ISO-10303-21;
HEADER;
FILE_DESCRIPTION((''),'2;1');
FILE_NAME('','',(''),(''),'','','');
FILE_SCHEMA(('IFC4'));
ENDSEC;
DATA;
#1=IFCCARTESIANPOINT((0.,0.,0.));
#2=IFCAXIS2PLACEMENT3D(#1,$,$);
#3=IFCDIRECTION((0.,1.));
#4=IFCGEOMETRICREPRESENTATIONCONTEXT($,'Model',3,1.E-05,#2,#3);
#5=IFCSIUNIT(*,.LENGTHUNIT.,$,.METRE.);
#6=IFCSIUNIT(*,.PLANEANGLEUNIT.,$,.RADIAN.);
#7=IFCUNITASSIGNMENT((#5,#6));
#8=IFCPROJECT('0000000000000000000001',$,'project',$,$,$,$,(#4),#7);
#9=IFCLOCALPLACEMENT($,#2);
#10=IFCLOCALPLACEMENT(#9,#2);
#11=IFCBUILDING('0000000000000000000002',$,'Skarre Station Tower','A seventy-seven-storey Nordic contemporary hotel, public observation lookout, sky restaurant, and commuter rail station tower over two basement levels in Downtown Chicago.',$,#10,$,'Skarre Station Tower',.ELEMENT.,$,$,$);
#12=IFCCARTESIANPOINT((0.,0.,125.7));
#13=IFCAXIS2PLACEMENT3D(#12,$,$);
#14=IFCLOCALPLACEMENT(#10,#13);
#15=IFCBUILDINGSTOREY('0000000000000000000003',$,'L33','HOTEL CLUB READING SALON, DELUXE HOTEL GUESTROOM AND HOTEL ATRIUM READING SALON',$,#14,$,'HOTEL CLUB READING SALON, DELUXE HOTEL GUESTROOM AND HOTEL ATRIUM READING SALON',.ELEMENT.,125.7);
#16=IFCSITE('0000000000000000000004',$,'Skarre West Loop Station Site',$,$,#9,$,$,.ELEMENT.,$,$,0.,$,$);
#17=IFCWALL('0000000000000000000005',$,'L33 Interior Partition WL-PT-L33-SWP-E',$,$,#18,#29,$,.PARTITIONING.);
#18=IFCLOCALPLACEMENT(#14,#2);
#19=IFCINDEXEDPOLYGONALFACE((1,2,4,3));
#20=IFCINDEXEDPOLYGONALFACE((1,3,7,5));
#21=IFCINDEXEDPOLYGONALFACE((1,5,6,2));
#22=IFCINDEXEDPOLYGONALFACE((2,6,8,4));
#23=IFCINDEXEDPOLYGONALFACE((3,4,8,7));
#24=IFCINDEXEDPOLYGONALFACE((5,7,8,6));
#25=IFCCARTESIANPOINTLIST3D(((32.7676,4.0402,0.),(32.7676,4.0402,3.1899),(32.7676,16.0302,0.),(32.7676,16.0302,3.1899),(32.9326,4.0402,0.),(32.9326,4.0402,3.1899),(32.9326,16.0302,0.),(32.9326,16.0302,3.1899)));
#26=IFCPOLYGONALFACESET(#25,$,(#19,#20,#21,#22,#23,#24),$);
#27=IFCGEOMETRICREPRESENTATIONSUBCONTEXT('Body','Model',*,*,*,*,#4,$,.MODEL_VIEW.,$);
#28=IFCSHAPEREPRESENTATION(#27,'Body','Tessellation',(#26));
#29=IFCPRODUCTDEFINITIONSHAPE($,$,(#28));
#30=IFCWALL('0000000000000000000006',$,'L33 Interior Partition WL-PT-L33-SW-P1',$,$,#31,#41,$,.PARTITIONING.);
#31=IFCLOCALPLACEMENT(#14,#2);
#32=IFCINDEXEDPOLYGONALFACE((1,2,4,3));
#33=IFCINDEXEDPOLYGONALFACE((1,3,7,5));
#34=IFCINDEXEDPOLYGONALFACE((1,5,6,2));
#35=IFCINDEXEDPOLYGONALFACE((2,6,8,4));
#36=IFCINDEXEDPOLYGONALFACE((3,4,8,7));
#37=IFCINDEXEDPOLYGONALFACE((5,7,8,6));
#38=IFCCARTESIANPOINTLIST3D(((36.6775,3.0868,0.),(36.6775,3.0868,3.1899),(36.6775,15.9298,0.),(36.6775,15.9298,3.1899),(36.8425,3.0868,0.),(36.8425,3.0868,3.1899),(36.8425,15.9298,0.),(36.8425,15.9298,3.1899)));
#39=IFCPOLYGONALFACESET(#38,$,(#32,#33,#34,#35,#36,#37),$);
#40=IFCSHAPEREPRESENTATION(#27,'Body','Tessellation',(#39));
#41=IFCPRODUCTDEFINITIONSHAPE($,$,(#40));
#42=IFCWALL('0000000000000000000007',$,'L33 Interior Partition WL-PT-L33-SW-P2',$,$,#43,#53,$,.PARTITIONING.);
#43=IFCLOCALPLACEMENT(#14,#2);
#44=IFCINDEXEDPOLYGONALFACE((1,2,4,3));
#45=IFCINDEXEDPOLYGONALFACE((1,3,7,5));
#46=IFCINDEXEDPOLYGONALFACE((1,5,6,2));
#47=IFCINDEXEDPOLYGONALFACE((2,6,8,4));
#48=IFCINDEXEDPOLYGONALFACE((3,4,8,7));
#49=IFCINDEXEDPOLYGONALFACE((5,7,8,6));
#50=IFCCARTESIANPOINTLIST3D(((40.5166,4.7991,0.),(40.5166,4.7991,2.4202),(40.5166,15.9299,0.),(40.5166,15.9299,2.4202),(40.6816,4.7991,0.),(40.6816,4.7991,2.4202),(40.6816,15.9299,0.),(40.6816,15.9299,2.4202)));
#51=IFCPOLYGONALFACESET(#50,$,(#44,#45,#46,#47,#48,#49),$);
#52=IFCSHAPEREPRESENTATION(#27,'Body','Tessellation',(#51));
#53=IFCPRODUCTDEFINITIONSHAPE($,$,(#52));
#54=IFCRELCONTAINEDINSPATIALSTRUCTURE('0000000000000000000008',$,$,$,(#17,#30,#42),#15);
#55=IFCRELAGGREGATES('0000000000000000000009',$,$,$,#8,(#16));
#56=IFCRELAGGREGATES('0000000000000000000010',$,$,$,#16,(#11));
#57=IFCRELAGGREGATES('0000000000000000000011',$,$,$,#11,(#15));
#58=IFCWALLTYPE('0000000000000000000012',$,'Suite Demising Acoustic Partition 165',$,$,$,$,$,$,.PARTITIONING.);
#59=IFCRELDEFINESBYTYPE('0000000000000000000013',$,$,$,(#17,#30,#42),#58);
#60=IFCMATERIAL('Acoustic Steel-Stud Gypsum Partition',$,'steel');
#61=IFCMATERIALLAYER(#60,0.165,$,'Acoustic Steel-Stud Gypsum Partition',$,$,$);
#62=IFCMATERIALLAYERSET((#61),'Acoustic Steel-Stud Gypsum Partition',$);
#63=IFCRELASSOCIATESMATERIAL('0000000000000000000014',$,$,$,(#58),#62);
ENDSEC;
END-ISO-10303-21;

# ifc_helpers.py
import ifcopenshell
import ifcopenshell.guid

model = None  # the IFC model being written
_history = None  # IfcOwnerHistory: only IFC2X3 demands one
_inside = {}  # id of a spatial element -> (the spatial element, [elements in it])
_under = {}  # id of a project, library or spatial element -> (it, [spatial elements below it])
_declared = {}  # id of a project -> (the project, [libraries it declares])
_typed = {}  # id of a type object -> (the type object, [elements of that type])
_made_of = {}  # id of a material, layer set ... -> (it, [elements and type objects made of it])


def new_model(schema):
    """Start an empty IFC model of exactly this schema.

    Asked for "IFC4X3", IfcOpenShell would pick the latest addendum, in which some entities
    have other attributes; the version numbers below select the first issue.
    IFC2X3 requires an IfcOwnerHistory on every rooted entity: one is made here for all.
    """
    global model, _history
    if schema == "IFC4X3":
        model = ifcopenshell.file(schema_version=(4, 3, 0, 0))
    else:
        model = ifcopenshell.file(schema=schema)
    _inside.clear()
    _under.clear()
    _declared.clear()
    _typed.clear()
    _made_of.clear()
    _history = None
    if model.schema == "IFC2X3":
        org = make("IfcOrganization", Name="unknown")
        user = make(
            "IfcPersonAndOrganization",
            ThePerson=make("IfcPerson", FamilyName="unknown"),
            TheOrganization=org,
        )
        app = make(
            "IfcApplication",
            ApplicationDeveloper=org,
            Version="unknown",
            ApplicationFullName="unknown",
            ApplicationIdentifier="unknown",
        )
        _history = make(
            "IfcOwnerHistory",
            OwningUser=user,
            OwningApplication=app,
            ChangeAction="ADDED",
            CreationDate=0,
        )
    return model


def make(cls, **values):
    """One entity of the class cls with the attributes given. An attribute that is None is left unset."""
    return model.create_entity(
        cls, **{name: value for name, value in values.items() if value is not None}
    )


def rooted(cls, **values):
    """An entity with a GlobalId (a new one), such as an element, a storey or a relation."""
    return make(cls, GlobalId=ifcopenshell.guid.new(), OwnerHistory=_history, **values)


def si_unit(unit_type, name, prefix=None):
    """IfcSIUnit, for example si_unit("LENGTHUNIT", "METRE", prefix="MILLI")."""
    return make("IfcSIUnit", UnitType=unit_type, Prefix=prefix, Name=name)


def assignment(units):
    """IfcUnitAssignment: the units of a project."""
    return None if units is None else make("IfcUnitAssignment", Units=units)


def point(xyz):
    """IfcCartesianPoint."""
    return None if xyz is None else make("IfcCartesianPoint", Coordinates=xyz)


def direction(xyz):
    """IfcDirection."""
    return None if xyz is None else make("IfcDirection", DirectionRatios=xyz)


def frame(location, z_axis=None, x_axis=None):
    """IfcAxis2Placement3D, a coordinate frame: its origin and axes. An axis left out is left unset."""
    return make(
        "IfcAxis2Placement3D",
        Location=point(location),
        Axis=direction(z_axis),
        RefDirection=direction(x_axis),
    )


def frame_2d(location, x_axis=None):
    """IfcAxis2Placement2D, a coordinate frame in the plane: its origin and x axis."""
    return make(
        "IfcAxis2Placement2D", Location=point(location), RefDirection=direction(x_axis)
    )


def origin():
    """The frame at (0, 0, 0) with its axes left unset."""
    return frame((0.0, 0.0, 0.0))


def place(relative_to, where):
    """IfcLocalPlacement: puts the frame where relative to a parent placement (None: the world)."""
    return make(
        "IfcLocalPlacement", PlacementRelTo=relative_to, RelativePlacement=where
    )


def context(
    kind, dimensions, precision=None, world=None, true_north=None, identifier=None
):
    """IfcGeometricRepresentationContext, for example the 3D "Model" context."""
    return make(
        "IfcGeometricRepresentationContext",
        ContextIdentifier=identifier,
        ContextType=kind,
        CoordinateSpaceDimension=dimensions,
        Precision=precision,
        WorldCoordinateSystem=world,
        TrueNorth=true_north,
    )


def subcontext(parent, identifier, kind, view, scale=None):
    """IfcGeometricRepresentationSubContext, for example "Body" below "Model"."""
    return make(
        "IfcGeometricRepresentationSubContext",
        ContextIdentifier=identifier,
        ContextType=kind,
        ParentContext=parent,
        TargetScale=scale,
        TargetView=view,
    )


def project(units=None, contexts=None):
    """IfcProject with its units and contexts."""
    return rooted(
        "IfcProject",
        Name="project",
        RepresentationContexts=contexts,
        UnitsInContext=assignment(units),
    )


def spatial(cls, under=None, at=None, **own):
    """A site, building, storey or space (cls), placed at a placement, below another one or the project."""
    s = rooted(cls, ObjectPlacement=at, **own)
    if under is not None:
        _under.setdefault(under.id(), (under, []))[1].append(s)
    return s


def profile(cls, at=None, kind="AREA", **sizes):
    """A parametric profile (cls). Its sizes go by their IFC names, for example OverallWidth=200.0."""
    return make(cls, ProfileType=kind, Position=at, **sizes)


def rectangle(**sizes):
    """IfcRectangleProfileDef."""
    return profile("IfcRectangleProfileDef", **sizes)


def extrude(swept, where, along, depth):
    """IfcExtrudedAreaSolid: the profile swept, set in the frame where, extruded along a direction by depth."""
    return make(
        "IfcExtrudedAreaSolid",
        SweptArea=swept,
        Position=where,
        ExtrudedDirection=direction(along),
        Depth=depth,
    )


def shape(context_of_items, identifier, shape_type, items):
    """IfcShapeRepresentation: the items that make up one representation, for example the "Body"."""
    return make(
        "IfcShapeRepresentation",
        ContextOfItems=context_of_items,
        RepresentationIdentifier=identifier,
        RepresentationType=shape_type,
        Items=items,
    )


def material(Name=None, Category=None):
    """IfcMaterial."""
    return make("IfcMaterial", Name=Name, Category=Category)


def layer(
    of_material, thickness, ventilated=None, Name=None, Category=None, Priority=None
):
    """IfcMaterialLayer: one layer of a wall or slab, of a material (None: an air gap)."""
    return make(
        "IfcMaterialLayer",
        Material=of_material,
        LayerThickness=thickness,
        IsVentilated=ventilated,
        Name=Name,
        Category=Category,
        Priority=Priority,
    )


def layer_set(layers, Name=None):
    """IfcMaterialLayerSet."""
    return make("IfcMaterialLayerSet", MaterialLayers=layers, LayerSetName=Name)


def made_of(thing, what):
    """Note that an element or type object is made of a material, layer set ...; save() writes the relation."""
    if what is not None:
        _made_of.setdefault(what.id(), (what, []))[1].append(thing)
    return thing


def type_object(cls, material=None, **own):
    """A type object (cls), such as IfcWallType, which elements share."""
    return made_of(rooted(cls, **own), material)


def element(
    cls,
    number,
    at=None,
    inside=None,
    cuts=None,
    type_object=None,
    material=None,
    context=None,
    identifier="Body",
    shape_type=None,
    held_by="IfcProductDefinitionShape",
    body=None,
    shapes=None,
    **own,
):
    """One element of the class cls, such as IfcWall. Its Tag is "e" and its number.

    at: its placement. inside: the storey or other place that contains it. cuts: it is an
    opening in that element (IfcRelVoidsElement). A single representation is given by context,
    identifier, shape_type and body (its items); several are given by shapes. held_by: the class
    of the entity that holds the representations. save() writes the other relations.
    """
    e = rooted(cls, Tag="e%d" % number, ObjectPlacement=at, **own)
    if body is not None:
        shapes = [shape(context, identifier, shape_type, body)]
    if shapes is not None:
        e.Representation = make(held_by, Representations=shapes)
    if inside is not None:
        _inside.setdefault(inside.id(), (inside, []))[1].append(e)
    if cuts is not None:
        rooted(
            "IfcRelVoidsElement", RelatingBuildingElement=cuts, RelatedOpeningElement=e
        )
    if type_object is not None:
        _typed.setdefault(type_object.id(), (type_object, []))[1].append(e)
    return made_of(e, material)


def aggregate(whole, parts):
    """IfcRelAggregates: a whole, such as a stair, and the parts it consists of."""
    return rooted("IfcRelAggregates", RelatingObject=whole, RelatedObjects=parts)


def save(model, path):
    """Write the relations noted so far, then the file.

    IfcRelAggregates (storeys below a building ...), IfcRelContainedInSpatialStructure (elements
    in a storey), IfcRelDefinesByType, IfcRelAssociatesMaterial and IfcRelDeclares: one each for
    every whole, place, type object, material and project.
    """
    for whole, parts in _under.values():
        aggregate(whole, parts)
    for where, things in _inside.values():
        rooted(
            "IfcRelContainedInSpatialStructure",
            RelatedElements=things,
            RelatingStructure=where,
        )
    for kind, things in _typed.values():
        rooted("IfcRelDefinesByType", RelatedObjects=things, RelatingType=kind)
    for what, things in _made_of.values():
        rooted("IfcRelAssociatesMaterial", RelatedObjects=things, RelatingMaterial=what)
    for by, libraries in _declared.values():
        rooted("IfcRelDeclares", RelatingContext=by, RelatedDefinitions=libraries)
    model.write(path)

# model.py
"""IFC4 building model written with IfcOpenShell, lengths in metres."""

from ifc_helpers import new_model, si_unit, direction, frame, frame_2d, origin, place, context, subcontext, project, spatial, rectangle, extrude, material, layer, layer_set, type_object, element, save


model = new_model("IFC4")

# Units and contexts
model_context = context("Model", 3, precision=1e-05, world=origin(), true_north=direction((0.0, 1.0)))
body_context = subcontext(model_context, "Body", "Model", "MODEL_VIEW")
ifc_project = project(units=[si_unit("LENGTHUNIT", "METRE"), si_unit("PLANEANGLEUNIT", "RADIAN")], contexts=[model_context])

# Site, building, storey
site_placement = place(None, origin())
site = spatial("IfcSite", under=ifc_project, at=site_placement, Name="Skarre West Loop Station Site", CompositionType="ELEMENT", RefElevation=0.0)
building_placement = place(site_placement, origin())
building = spatial("IfcBuilding", under=site, at=building_placement, Name="Skarre Station Tower", Description="A seventy-seven-storey Nordic contemporary hotel, public observation lookout, sky restaurant, and commuter rail station tower over two basement levels in Downtown Chicago.", LongName="Skarre Station Tower", CompositionType="ELEMENT")
storey_placement = place(building_placement, frame((0.0, 0.0, 125.7)))
storey = spatial("IfcBuildingStorey", under=building, at=storey_placement, Name="L33", Description="HOTEL CLUB READING SALON, DELUXE HOTEL GUESTROOM AND HOTEL ATRIUM READING SALON", LongName="HOTEL CLUB READING SALON, DELUXE HOTEL GUESTROOM AND HOTEL ATRIUM READING SALON", CompositionType="ELEMENT", Elevation=125.7)

# Walls
ifc_material_1 = material(Name="Acoustic Steel-Stud Gypsum Partition", Category="steel")
ifc_layer_1 = layer(ifc_material_1, 0.165, Name="Acoustic Steel-Stud Gypsum Partition")
ifc_layer_set_1 = layer_set([ifc_layer_1], Name="Acoustic Steel-Stud Gypsum Partition")
wall_type_1 = type_object("IfcWallType", Name="Suite Demising Acoustic Partition 165", PredefinedType="PARTITIONING", material=ifc_layer_set_1)
wall_1_placement = place(storey_placement, frame((32.8501, 4.04, 0.0), z_axis=(0.0, 0.0, 1.0), x_axis=(0.0, 1.0, 0.0)))
element("IfcWall", 1, at=wall_1_placement, inside=storey, type_object=wall_type_1, Name="L33 Interior Partition WL-PT-L33-SWP-E", PredefinedType="PARTITIONING", context=body_context, shape_type="SweptSolid", body=[
    extrude(rectangle(XDim=11.99, YDim=0.165, at=frame_2d((5.9951, 0.0))), origin(), (0.0, 0.0, 1.0), 3.1899),
])
wall_2_placement = place(storey_placement, frame((36.76, 3.0869, 0.0), z_axis=(0.0, 0.0, 1.0), x_axis=(0.0, 1.0, 0.0)))
element("IfcWall", 2, at=wall_2_placement, inside=storey, type_object=wall_type_1, Name="L33 Interior Partition WL-PT-L33-SW-P1", PredefinedType="PARTITIONING", context=body_context, shape_type="SweptSolid", body=[
    extrude(rectangle(XDim=12.843, YDim=0.165, at=frame_2d((6.4214, 0.0))), origin(), (0.0, 0.0, 1.0), 3.1899),
])
wall_3_placement = place(storey_placement, frame((40.5991, 4.7991, 0.0), z_axis=(0.0, 0.0, 1.0), x_axis=(0.0, 1.0, 0.0)))
element("IfcWall", 3, at=wall_3_placement, inside=storey, type_object=wall_type_1, Name="L33 Interior Partition WL-PT-L33-SW-P2", PredefinedType="PARTITIONING", context=body_context, shape_type="SweptSolid", body=[
    extrude(rectangle(XDim=11.1309, YDim=0.165, at=frame_2d((5.5654, 0.0))), origin(), (0.0, 0.0, 1.0), 2.4202),
])

save(model, "model.ifc")
